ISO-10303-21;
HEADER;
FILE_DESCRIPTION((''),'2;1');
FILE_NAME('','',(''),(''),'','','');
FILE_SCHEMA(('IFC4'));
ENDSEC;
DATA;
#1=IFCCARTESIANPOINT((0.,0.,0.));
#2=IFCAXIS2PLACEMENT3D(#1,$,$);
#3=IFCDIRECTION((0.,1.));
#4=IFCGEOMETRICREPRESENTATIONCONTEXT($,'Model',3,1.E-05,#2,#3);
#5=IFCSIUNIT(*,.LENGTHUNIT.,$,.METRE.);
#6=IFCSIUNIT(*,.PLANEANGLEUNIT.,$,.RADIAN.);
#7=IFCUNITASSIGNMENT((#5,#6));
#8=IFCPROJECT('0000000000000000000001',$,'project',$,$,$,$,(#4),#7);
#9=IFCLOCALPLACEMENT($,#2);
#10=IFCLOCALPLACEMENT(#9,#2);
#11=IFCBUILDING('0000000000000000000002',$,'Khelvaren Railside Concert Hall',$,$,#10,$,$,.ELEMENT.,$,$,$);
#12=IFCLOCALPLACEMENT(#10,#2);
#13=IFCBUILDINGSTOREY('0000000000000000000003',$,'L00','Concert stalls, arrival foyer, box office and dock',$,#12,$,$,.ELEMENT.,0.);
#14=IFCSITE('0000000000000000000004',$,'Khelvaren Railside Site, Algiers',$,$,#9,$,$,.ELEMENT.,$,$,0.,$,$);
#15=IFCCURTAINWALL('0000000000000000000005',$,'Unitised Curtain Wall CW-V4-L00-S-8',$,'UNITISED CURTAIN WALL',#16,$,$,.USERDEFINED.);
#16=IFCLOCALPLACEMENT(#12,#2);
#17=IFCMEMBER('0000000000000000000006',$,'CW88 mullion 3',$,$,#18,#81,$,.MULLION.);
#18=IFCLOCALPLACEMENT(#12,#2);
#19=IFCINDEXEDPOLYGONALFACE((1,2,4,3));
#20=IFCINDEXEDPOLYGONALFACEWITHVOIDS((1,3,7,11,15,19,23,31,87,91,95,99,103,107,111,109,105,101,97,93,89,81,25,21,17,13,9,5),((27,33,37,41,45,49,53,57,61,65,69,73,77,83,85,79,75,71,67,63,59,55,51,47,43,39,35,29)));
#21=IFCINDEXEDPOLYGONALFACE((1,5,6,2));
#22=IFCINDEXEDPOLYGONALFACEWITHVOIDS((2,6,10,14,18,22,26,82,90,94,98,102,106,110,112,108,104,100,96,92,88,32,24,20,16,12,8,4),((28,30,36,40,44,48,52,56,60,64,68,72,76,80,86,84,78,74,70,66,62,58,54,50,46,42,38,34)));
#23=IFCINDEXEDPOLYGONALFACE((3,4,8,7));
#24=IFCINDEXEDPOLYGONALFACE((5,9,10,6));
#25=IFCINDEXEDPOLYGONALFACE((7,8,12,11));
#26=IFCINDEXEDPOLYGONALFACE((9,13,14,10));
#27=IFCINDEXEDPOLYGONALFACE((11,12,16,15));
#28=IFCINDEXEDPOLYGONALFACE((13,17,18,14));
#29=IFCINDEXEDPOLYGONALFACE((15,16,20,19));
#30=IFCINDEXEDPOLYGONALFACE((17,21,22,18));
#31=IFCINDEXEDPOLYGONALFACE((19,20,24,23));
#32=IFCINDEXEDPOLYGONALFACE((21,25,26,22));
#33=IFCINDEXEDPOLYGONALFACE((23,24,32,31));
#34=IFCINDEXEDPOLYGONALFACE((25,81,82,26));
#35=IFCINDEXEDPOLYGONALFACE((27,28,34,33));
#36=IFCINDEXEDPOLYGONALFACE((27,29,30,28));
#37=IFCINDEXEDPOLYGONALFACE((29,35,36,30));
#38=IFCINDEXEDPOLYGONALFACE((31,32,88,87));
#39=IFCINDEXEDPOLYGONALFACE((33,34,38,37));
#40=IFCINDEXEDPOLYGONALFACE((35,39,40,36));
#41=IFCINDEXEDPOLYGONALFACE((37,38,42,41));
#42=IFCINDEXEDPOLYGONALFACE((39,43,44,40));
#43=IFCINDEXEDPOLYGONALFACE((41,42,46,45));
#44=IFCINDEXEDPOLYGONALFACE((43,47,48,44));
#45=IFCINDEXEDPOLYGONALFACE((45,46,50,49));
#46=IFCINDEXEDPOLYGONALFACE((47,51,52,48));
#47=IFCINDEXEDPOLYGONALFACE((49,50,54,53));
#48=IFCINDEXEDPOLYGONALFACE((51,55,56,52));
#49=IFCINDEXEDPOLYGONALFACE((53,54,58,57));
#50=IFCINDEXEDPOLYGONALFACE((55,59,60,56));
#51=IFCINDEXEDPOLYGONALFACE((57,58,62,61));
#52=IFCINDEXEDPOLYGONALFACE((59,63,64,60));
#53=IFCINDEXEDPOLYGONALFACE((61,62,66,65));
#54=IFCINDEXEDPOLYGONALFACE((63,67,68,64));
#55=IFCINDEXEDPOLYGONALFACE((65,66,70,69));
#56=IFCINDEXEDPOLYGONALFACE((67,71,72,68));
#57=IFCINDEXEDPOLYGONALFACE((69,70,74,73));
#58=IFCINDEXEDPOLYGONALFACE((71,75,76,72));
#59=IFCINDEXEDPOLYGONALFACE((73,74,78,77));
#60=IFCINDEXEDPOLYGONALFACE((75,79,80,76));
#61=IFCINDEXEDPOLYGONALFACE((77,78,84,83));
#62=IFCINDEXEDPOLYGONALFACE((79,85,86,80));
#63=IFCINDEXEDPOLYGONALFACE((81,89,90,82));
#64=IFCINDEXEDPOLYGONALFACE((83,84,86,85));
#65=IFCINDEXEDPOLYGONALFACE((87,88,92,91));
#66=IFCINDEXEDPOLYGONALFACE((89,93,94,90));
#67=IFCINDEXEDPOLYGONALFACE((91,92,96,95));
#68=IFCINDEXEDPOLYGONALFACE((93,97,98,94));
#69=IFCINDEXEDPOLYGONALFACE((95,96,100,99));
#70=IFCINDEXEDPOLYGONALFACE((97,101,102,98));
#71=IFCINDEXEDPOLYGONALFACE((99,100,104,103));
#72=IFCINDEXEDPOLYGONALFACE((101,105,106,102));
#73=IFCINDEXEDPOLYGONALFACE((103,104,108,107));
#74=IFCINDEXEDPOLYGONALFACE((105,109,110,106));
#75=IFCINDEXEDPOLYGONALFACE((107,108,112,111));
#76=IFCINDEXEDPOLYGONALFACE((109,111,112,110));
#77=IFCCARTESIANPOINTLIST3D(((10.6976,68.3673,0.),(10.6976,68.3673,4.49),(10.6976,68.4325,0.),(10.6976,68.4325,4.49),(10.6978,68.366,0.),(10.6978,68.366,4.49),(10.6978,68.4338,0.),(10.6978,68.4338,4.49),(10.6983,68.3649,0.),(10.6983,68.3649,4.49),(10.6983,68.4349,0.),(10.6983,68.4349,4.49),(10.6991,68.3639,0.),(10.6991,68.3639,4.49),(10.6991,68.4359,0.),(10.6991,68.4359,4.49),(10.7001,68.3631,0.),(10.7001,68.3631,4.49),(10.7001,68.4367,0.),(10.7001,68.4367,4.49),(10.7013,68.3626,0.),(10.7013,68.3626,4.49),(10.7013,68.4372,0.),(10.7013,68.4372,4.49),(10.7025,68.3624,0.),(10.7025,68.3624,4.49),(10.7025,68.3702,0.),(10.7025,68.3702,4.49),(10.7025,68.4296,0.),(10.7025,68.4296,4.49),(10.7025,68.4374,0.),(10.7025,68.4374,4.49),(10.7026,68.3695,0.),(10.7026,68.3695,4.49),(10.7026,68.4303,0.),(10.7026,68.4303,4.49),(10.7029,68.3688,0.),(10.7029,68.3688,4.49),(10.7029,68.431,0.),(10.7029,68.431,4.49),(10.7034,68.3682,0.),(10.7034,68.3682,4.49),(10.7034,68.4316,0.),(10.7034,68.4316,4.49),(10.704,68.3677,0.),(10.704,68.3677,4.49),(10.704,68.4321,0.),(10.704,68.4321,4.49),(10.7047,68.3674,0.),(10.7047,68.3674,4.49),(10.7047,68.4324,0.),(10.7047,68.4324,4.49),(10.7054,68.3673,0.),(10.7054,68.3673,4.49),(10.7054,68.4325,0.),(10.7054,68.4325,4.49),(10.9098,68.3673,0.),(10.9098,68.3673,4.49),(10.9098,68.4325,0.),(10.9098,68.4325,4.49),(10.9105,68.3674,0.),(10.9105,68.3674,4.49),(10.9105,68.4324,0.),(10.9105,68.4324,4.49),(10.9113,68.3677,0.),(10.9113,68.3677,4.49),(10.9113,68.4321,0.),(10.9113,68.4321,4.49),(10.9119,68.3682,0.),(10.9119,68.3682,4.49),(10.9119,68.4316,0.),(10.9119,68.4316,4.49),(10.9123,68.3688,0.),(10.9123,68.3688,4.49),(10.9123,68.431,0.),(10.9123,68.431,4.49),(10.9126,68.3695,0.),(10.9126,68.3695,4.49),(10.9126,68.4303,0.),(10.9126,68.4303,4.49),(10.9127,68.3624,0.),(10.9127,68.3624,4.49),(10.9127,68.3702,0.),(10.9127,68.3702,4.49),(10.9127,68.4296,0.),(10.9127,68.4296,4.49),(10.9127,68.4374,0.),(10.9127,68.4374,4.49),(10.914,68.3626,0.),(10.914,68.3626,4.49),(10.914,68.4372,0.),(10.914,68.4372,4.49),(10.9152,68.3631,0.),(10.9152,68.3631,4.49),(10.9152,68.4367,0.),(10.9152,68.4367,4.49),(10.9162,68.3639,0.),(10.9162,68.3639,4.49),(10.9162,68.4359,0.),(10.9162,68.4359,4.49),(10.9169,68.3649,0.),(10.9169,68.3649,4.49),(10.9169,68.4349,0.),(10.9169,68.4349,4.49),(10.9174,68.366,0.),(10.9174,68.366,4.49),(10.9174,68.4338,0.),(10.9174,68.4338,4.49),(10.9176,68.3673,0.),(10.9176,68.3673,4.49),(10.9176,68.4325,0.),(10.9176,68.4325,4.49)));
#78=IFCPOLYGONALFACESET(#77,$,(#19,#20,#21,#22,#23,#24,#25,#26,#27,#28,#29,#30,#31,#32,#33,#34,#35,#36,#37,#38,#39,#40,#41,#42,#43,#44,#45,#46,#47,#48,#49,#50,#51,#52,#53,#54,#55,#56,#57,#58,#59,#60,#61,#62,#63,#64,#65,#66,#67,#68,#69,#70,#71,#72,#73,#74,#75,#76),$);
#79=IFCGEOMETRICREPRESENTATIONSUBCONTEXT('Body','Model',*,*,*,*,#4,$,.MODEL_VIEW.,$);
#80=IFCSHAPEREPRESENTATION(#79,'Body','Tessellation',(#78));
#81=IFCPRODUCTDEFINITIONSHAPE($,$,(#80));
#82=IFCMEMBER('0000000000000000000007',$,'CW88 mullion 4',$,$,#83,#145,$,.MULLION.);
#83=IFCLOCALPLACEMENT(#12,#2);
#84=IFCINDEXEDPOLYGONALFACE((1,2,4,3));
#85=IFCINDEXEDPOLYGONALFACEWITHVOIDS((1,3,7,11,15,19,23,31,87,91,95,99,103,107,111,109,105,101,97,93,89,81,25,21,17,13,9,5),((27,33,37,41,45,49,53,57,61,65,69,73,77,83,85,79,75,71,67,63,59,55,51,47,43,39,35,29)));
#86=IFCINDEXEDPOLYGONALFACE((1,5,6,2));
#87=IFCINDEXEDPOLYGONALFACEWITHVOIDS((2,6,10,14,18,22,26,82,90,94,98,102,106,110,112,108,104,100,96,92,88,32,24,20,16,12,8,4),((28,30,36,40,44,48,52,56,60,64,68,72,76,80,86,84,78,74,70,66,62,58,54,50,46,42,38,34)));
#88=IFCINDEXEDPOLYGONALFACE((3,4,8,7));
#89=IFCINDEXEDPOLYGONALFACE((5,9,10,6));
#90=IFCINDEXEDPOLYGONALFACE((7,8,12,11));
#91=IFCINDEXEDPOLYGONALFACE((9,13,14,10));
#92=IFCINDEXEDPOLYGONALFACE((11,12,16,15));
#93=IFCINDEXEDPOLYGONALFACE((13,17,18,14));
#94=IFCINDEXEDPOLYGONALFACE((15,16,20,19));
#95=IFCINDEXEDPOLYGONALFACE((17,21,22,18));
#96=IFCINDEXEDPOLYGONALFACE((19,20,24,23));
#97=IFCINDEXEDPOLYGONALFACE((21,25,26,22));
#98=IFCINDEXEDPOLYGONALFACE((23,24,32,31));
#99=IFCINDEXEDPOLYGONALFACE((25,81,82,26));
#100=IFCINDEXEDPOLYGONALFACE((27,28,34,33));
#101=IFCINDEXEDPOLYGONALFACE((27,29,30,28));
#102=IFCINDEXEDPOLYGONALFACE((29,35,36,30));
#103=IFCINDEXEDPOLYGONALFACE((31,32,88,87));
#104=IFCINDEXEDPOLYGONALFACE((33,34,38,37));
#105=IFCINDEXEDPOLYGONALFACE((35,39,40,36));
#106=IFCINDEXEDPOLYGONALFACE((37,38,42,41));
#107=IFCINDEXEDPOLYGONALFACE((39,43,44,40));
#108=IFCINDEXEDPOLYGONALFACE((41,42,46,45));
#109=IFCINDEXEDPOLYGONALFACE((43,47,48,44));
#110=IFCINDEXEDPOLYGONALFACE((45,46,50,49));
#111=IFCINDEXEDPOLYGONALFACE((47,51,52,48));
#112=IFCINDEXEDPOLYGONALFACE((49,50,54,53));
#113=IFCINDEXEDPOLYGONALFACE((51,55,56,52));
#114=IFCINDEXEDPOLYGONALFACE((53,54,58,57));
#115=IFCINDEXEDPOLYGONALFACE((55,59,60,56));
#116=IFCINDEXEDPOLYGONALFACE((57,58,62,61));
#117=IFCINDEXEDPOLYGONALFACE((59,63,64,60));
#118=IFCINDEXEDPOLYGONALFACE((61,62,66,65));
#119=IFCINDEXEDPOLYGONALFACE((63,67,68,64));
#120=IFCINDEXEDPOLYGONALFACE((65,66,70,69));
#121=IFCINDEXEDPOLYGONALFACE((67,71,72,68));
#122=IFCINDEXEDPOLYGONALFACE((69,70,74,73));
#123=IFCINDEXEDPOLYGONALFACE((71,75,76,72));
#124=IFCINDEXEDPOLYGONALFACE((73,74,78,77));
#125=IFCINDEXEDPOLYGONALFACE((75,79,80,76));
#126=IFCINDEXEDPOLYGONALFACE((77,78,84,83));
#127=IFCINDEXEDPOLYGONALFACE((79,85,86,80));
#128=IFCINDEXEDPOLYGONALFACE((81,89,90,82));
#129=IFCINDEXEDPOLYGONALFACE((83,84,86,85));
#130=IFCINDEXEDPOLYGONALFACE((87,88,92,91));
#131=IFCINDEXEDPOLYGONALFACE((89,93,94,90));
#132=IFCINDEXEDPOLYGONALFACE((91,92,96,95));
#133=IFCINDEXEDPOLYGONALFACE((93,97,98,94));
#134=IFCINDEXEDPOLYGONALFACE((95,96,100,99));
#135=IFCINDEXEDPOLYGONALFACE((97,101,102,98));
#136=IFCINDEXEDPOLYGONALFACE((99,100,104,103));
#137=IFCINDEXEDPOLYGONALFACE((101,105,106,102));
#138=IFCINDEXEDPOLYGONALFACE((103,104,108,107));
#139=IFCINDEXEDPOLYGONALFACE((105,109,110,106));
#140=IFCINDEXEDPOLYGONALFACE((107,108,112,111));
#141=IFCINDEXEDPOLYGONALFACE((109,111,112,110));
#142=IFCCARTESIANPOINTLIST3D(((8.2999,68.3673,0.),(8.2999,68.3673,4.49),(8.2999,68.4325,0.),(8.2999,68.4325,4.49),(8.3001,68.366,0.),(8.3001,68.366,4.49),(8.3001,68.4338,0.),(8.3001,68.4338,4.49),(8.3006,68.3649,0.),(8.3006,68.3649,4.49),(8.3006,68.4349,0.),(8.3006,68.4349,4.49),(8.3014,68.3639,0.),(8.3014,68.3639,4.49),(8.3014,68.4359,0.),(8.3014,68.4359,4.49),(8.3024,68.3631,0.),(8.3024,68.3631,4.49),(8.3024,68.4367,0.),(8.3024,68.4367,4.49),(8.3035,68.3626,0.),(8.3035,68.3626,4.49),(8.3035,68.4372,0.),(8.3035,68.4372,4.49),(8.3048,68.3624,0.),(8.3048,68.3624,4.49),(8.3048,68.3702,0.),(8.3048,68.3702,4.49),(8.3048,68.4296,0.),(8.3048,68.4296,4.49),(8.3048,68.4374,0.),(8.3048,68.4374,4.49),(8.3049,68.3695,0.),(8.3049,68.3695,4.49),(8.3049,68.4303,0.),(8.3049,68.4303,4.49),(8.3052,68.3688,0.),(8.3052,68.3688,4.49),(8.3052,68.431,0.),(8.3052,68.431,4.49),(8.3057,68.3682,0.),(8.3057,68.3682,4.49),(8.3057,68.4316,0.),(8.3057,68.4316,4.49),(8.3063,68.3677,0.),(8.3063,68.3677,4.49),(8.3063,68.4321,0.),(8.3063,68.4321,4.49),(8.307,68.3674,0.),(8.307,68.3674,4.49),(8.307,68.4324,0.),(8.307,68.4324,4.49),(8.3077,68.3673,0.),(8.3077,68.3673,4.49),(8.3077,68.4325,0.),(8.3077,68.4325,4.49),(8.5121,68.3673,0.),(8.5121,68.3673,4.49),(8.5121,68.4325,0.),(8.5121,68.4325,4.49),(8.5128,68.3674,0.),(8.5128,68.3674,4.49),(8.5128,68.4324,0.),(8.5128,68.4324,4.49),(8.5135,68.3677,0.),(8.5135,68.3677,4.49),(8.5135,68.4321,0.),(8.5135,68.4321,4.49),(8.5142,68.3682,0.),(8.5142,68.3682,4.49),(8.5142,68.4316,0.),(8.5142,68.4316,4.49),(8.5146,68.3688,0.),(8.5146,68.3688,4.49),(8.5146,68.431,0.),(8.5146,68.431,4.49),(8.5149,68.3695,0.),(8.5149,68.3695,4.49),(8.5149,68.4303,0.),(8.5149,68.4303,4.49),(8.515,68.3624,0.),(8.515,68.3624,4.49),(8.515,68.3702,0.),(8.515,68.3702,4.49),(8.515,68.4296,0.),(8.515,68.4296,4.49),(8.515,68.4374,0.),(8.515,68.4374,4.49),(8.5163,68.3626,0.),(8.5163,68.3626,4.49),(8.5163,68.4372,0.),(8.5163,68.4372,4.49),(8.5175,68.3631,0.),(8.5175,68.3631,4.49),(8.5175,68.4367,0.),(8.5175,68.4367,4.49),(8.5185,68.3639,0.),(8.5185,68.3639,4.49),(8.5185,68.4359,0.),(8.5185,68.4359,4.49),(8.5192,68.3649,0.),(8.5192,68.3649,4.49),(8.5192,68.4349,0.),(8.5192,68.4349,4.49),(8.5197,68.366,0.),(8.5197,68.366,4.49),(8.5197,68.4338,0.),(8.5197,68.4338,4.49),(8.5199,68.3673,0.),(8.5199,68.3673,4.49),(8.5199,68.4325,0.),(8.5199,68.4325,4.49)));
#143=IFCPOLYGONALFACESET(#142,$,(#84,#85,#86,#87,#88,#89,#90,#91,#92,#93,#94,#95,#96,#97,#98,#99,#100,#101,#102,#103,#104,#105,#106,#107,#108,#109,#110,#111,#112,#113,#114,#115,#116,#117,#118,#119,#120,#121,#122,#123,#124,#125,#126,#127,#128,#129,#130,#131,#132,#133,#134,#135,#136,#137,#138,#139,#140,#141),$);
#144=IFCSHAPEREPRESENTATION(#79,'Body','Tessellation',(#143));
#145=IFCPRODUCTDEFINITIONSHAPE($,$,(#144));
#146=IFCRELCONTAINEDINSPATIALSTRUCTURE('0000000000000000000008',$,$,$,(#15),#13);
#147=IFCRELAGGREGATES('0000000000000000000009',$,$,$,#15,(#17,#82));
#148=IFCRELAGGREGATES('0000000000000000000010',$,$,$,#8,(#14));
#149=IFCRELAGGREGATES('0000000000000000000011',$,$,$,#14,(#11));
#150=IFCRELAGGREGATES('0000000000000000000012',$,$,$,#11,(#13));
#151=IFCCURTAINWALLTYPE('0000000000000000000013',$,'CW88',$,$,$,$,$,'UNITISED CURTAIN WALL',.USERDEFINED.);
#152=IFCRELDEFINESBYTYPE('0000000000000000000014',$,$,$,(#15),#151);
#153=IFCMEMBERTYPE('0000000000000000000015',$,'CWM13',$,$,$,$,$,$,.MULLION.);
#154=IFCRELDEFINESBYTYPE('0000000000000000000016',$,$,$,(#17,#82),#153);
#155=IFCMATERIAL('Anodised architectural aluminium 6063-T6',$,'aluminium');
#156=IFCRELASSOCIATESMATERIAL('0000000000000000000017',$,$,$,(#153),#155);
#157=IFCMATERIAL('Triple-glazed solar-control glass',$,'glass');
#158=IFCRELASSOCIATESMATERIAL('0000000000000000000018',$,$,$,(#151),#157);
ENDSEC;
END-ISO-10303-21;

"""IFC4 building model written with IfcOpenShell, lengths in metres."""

from ifc_helpers import new_model, si_unit, direction, frame, origin, origin_2d, place, context, subcontext, project, spatial, hollow_rectangle, extrude, material, material_profile, profile_set, type_object, element, aggregate, save


model = new_model("IFC4")

# Units and contexts
model_context = context("Model", 3, precision=1e-05, world=origin(), true_north=direction((0.0, 1.0)))
body_context = subcontext(model_context, "Body", "Model", "MODEL_VIEW")
ifc_project = project(units=[si_unit("LENGTHUNIT", "METRE"), si_unit("PLANEANGLEUNIT", "RADIAN")], contexts=[model_context])

# Site, building, storey
site_placement = place(None, origin())
site = spatial("IfcSite", under=ifc_project, at=site_placement, Name="Khelvaren Railside Site, Algiers", CompositionType="ELEMENT", RefElevation=0.0)
building_placement = place(site_placement, origin())
building = spatial("IfcBuilding", under=site, at=building_placement, Name="Khelvaren Railside Concert Hall", CompositionType="ELEMENT")
storey_placement = place(building_placement, origin())
storey = spatial("IfcBuildingStorey", under=building, at=storey_placement, Name="L00", Description="Concert stalls, arrival foyer, box office and dock", CompositionType="ELEMENT", Elevation=0.0)

# Curtain wall, members
ifc_material_1 = material(Name="Triple-glazed solar-control glass", Category="glass")
ifc_material_2 = material(Name="Anodised architectural aluminium 6063-T6", Category="aluminium")
ifc_material_profile_1 = material_profile(ifc_material_2, hollow_rectangle(XDim=0.075, YDim=0.22, WallThickness=0.0049, InnerFilletRadius=0.0029, OuterFilletRadius=0.0049, at=origin_2d()), Name="CWM 75x220x5")
ifc_profile_set_1 = profile_set([ifc_material_profile_1], Name="Anodised architectural aluminium 6063-T6")
member_type_1 = type_object("IfcMemberType", Name="CWM13", PredefinedType="MULLION", material=ifc_profile_set_1)
curtain_wall_type_1 = type_object("IfcCurtainWallType", Name="CW88", ElementType="UNITISED CURTAIN WALL", PredefinedType="USERDEFINED", material=ifc_material_1)
curtain_wall_1_placement = place(storey_placement, origin())
curtain_wall_1 = element("IfcCurtainWall", 1, at=curtain_wall_1_placement, inside=storey, type_object=curtain_wall_type_1, Name="Unitised Curtain Wall CW-V4-L00-S-8", ObjectType="UNITISED CURTAIN WALL", PredefinedType="USERDEFINED")
member_1_placement = place(storey_placement, frame((10.8076, 68.3999, 0.0), z_axis=(0.0, 0.0, 1.0), x_axis=(0.0, -1.0, 0.0)))
member_1 = element("IfcMember", 2, at=member_1_placement, type_object=member_type_1, Name="CW88 mullion 3", PredefinedType="MULLION", context=body_context, shape_type="SweptSolid", body=[
    extrude(hollow_rectangle(XDim=0.075, YDim=0.22, WallThickness=0.0049, InnerFilletRadius=0.0029, OuterFilletRadius=0.0049, at=origin_2d()), origin(), (0.0, 0.0, 1.0), 4.49),
])
member_2_placement = place(storey_placement, frame((8.4099, 68.3999, 0.0), z_axis=(0.0, 0.0, 1.0), x_axis=(0.0, -1.0, 0.0)))
member_2 = element("IfcMember", 3, at=member_2_placement, type_object=member_type_1, Name="CW88 mullion 4", PredefinedType="MULLION", context=body_context, shape_type="SweptSolid", body=[
    extrude(hollow_rectangle(XDim=0.075, YDim=0.22, WallThickness=0.0049, InnerFilletRadius=0.0029, OuterFilletRadius=0.0049, at=origin_2d()), origin(), (0.0, 0.0, 1.0), 4.49),
])

aggregate(curtain_wall_1, [member_1, member_2])

save(model, "model.ifc")
